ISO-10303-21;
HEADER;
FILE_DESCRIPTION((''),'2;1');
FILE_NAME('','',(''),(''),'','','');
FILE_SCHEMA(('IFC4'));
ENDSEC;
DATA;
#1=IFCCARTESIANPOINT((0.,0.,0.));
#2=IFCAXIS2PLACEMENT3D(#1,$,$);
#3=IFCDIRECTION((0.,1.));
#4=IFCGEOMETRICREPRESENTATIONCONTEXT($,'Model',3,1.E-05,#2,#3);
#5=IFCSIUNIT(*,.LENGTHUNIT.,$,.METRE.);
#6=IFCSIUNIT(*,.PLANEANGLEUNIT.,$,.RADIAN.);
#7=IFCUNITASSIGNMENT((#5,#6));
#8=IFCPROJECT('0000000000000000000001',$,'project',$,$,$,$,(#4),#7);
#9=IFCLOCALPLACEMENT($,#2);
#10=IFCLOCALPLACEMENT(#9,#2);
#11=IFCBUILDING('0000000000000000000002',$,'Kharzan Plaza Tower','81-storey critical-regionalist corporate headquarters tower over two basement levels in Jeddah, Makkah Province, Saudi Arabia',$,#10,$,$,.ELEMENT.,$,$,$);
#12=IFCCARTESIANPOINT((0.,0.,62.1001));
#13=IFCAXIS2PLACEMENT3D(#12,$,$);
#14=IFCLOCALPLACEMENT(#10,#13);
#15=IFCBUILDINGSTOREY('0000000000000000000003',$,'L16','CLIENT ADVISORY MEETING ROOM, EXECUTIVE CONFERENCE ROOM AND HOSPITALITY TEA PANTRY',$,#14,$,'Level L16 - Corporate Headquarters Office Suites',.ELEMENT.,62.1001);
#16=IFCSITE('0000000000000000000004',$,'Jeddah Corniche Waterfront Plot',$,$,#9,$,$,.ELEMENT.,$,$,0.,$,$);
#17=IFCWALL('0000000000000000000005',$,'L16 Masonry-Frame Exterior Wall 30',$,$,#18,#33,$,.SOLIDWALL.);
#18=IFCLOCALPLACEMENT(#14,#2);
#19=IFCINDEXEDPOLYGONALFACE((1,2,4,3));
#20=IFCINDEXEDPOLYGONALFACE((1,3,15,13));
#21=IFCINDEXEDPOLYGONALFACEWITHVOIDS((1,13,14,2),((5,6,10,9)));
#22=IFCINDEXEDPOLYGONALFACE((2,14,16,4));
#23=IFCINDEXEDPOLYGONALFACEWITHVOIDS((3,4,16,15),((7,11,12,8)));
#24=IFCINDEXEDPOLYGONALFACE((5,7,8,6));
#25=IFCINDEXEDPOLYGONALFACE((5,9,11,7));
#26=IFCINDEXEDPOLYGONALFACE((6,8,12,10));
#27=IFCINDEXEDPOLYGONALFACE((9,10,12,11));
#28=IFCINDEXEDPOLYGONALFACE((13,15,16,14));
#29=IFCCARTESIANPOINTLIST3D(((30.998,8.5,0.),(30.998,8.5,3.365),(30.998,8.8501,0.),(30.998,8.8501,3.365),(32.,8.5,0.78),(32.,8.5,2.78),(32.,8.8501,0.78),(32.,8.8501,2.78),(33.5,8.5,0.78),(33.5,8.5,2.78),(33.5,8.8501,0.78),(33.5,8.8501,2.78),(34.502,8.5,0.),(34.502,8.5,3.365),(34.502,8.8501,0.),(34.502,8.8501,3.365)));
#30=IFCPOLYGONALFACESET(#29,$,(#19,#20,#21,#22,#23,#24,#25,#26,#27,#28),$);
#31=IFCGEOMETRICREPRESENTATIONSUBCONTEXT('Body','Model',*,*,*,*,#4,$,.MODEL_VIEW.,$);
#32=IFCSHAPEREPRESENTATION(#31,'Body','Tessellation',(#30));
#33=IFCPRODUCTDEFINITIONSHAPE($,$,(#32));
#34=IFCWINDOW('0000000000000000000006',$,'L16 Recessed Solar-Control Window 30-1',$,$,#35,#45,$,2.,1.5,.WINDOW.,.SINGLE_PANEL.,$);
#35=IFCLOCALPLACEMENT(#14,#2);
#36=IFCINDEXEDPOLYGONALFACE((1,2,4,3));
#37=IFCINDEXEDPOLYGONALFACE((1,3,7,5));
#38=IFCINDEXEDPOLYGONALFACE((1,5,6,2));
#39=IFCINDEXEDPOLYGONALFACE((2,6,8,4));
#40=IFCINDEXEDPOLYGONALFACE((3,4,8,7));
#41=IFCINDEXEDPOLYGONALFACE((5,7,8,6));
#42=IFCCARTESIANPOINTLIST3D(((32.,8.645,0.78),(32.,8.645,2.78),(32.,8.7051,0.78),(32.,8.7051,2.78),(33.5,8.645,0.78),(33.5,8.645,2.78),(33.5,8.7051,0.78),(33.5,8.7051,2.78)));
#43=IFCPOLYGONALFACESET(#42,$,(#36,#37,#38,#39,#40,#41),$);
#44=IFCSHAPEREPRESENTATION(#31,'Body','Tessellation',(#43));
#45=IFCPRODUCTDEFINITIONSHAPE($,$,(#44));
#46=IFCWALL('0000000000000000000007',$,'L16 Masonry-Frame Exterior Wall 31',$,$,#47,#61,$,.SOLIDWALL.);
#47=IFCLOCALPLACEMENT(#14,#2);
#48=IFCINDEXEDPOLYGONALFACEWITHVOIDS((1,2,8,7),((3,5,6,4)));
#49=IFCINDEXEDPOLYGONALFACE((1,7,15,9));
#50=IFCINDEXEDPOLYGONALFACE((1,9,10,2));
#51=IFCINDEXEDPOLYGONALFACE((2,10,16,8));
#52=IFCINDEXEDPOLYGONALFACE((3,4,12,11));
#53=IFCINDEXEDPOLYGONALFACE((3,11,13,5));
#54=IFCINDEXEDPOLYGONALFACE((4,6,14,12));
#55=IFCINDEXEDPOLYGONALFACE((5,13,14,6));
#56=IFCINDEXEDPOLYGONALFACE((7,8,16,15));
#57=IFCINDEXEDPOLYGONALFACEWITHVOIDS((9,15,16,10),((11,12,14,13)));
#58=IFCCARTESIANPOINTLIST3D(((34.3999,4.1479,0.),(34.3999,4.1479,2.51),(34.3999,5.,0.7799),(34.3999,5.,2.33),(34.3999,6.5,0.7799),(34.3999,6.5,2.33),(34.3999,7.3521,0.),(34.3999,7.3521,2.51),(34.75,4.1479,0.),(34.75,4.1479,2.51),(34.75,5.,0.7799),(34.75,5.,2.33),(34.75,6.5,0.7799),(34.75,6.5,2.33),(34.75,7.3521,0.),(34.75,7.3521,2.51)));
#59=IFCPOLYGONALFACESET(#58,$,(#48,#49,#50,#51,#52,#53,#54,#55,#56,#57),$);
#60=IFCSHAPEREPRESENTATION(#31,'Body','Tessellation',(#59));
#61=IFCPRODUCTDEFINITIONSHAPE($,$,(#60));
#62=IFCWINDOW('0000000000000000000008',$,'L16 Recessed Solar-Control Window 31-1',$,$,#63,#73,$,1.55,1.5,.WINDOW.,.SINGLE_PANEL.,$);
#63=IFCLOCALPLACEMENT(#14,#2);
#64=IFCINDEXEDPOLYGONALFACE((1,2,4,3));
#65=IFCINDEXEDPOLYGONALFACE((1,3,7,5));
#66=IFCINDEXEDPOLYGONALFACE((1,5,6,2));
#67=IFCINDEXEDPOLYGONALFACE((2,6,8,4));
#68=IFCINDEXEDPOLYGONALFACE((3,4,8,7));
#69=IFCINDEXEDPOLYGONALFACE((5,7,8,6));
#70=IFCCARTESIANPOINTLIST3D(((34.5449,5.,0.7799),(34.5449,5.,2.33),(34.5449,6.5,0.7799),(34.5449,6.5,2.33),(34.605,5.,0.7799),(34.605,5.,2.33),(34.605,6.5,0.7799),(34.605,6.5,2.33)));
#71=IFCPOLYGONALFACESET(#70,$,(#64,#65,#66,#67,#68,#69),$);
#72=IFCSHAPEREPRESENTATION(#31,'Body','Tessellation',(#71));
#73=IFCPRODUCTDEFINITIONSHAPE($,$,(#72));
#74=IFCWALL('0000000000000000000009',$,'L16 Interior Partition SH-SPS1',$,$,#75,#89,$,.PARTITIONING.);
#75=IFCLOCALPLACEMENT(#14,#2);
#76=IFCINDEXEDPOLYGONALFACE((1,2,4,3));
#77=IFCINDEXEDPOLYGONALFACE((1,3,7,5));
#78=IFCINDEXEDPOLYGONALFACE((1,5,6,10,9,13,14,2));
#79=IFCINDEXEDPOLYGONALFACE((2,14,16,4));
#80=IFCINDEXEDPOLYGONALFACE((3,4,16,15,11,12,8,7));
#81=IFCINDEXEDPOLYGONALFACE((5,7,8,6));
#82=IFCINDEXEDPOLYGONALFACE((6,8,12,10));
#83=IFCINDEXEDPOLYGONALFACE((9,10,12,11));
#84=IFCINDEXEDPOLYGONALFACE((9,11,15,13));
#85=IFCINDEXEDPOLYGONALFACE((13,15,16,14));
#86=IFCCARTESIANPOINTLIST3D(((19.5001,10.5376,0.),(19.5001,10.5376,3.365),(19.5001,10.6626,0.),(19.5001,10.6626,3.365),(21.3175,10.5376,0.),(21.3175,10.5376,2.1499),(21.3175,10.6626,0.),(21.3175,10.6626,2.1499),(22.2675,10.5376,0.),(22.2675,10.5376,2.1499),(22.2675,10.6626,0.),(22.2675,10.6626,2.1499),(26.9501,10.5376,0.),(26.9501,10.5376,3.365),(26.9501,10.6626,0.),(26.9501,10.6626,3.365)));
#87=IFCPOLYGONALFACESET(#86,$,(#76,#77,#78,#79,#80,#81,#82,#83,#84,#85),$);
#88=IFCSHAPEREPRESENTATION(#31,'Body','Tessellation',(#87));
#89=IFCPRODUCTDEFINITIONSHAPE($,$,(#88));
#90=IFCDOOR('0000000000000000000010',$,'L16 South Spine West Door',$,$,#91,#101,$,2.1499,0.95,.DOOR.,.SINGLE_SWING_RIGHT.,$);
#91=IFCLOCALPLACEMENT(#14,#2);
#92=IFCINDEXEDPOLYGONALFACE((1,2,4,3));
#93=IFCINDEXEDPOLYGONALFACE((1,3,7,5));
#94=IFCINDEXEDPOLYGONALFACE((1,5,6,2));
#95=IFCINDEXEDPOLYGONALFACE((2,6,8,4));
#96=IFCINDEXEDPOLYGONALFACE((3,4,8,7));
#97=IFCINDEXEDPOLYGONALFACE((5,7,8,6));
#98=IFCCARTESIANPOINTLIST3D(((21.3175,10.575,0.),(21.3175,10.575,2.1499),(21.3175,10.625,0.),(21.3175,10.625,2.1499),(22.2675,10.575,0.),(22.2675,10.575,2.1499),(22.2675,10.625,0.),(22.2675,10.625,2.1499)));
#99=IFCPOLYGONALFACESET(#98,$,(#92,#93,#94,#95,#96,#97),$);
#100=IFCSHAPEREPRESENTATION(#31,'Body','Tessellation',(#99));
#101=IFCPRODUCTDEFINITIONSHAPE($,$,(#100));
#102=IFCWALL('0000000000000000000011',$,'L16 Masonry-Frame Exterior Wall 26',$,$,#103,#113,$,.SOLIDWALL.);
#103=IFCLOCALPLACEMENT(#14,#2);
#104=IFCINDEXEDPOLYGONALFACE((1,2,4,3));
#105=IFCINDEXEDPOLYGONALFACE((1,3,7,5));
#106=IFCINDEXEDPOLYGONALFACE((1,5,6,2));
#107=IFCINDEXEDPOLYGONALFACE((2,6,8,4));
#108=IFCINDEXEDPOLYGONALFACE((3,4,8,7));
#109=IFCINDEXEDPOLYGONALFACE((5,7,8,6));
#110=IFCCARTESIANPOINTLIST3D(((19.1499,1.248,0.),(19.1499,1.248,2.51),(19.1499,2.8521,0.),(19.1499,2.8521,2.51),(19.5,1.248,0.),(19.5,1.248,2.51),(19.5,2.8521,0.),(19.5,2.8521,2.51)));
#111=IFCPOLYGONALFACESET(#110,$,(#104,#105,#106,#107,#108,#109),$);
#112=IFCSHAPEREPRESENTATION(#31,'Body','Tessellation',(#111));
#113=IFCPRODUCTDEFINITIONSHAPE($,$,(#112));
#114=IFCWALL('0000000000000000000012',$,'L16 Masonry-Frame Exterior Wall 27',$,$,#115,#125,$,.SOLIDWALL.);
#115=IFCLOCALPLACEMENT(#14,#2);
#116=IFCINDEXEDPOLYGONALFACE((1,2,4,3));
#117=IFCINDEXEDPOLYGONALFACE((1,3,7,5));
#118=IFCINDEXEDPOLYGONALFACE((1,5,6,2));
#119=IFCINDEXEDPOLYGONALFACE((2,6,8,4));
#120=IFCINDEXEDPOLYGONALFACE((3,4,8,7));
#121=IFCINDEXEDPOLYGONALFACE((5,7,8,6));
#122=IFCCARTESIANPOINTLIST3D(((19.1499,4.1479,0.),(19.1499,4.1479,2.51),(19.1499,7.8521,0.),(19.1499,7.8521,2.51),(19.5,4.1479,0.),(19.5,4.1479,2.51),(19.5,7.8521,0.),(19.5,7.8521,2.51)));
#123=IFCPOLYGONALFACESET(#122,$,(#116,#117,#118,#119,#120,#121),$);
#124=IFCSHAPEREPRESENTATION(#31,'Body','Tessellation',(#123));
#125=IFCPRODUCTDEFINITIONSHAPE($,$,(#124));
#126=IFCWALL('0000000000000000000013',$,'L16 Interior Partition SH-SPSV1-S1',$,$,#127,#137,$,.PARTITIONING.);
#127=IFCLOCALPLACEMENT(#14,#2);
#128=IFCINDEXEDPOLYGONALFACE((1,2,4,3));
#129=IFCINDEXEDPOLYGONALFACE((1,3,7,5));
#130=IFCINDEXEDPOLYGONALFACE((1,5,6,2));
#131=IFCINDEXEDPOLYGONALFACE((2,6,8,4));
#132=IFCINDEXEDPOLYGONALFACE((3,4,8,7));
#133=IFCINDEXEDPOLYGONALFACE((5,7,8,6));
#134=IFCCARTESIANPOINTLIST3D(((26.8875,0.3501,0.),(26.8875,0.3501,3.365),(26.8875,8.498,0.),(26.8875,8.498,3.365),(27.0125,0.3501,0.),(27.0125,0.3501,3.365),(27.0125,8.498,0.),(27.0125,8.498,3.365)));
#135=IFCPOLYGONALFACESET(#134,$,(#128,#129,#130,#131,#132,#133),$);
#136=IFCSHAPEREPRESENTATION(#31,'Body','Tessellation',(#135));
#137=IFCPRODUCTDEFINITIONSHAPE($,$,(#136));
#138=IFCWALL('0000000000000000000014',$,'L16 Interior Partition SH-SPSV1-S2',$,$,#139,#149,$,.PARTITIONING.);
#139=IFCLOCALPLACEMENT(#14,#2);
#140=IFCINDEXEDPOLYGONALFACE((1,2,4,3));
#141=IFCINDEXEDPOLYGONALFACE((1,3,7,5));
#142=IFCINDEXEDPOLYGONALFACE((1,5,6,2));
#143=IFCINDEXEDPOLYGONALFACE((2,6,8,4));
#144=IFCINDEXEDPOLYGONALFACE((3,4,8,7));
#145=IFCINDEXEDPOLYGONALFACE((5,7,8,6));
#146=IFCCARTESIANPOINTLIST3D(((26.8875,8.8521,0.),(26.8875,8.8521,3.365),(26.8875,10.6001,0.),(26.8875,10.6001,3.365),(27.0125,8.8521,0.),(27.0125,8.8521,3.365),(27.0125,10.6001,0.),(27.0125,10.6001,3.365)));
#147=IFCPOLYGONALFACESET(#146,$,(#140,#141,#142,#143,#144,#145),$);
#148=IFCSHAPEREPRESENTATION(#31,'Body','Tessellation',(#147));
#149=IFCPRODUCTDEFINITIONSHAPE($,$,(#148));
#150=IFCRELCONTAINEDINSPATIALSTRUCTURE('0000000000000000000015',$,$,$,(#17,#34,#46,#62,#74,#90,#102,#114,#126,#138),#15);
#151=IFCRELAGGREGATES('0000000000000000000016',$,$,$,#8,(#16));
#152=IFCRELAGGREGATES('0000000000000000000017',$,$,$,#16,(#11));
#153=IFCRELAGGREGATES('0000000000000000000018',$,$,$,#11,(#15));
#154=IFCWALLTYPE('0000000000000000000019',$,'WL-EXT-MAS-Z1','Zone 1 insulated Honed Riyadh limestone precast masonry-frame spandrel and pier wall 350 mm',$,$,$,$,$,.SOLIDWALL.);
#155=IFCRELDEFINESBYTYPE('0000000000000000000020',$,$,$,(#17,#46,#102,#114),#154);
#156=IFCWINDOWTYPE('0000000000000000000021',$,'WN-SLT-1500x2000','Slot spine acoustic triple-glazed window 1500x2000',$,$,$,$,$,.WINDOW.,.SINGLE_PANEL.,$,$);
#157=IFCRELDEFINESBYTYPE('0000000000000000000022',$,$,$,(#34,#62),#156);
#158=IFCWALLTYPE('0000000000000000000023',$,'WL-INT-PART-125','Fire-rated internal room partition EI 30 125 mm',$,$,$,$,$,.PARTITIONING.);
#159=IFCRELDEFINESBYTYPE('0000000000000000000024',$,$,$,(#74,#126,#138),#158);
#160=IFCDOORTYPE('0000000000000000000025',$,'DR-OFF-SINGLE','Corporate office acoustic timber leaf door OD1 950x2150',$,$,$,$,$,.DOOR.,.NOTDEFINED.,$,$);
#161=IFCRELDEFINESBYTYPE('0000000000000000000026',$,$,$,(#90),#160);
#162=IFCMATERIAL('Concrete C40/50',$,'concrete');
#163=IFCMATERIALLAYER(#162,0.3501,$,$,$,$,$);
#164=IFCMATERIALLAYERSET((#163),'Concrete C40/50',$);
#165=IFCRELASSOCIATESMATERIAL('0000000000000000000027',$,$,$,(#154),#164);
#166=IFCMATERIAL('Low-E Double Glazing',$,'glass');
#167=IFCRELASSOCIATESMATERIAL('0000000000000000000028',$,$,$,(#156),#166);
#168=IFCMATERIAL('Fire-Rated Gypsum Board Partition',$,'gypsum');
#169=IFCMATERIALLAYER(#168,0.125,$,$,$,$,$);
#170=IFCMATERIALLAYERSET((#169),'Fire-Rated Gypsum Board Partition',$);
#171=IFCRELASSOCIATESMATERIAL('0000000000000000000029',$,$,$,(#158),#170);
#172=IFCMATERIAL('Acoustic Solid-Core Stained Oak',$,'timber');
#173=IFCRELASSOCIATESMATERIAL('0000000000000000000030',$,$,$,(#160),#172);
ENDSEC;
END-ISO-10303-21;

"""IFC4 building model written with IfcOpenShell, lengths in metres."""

from ifc_helpers import new_model, si_unit, direction, frame, frame_2d, origin, place, context, subcontext, project, spatial, rectangle, extrude, source, transform, mapped, material, layer, layer_set, type_object, element, fill, save


model = new_model("IFC4")

# Units and contexts
model_context = context("Model", 3, precision=1e-05, world=origin(), true_north=direction((0.0, 1.0)))
body_context = subcontext(model_context, "Body", "Model", "MODEL_VIEW")
ifc_project = project(units=[si_unit("LENGTHUNIT", "METRE"), si_unit("PLANEANGLEUNIT", "RADIAN")], contexts=[model_context])

# Site, building, storey
site_placement = place(None, origin())
site = spatial("IfcSite", under=ifc_project, at=site_placement, Name="Jeddah Corniche Waterfront Plot", CompositionType="ELEMENT", RefElevation=0.0)
building_placement = place(site_placement, origin())
building = spatial("IfcBuilding", under=site, at=building_placement, Name="Kharzan Plaza Tower", Description="81-storey critical-regionalist corporate headquarters tower over two basement levels in Jeddah, Makkah Province, Saudi Arabia", CompositionType="ELEMENT")
storey_placement = place(building_placement, frame((0.0, 0.0, 62.1001)))
storey = spatial("IfcBuildingStorey", under=building, at=storey_placement, Name="L16", Description="CLIENT ADVISORY MEETING ROOM, EXECUTIVE CONFERENCE ROOM AND HOSPITALITY TEA PANTRY", LongName="Level L16 - Corporate Headquarters Office Suites", CompositionType="ELEMENT", Elevation=62.1001)

# Shared definitions
ifc_material_1 = material(Name="Concrete C40/50", Category="concrete")
ifc_layer_1 = layer(ifc_material_1, 0.3501)
ifc_layer_set_1 = layer_set([ifc_layer_1], Name="Concrete C40/50")
wall_type_1 = type_object("IfcWallType", Name="WL-EXT-MAS-Z1", Description="Zone 1 insulated Honed Riyadh limestone precast masonry-frame spandrel and pier wall 350 mm", PredefinedType="SOLIDWALL", material=ifc_layer_set_1)
ifc_material_2 = material(Name="Low-E Double Glazing", Category="glass")
window_type = type_object("IfcWindowType", Name="WN-SLT-1500x2000", Description="Slot spine acoustic triple-glazed window 1500x2000", PartitioningType="SINGLE_PANEL", PredefinedType="WINDOW", material=ifc_material_2)
shared_shape_1 = source(origin(), body_context, "Body", "SweptSolid", [
    extrude(rectangle(XDim=1.5, YDim=2.0, at=frame_2d((0.75, 1.0))), frame((0.0, 0.03, 0.0), z_axis=(0.0, -1.0, 0.0), x_axis=(1.0, 0.0, 0.0)), (0.0, 0.0, 1.0), 0.0601),
])

# Walls, openings, windows
wall_1_placement = place(storey_placement, frame((30.998, 8.675, 0.0), z_axis=(0.0, 0.0, 1.0), x_axis=(1.0, 0.0, 0.0)))
wall_1 = element("IfcWall", 1, at=wall_1_placement, inside=storey, type_object=wall_type_1, Name="L16 Masonry-Frame Exterior Wall 30", PredefinedType="SOLIDWALL", context=body_context, shape_type="SweptSolid", body=[
    extrude(rectangle(XDim=3.5039, YDim=0.3501, at=frame_2d((1.752, 0.0))), origin(), (0.0, 0.0, 1.0), 3.365),
])
opening_1_placement = place(wall_1_placement, frame((1.002, 0.0, 0.78)))
opening_1 = element("IfcOpeningElement", 2, at=opening_1_placement, cuts=wall_1, PredefinedType="OPENING", context=body_context, shape_type="SweptSolid", body=[
    extrude(rectangle(XDim=1.5, YDim=2.0, at=frame_2d((0.75, 1.0))), frame((0.0, 0.1851, 0.0), z_axis=(0.0, -1.0, 0.0), x_axis=(1.0, 0.0, 0.0)), (0.0, 0.0, 1.0), 0.3701),
])
window_1_placement = place(opening_1_placement, origin())
window_1 = element("IfcWindow", 3, at=window_1_placement, inside=storey, type_object=window_type, Name="L16 Recessed Solar-Control Window 30-1", OverallHeight=2.0, OverallWidth=1.5, PartitioningType="SINGLE_PANEL", PredefinedType="WINDOW", context=body_context, shape_type="MappedRepresentation", body=[
    mapped(shared_shape_1, transform((0.0, 0.0, 0.0), x_axis=(1.0, 0.0, 0.0), y_axis=(0.0, 1.0, 0.0), z_axis=(0.0, 0.0, 1.0))),
])
fill(opening_1, window_1)
wall_2_placement = place(storey_placement, frame((34.575, 7.3521, 0.0), z_axis=(0.0, 0.0, 1.0), x_axis=(0.0, -1.0, 0.0)))
wall_2 = element("IfcWall", 4, at=wall_2_placement, inside=storey, type_object=wall_type_1, Name="L16 Masonry-Frame Exterior Wall 31", PredefinedType="SOLIDWALL", context=body_context, shape_type="SweptSolid", body=[
    extrude(rectangle(XDim=3.2041, YDim=0.3501, at=frame_2d((1.6021, 0.0))), origin(), (0.0, 0.0, 1.0), 2.51),
])
opening_2_placement = place(wall_2_placement, frame((0.8521, 0.0, 0.78)))
opening_2 = element("IfcOpeningElement", 5, at=opening_2_placement, cuts=wall_2, PredefinedType="OPENING", context=body_context, shape_type="SweptSolid", body=[
    extrude(rectangle(XDim=1.5, YDim=1.55, at=frame_2d((0.75, 0.7749))), frame((0.0, 0.1851, 0.0), z_axis=(0.0, -1.0, 0.0), x_axis=(1.0, 0.0, 0.0)), (0.0, 0.0, 1.0), 0.3701),
])
shared_shape_2 = source(origin(), body_context, "Body", "SweptSolid", [
    extrude(rectangle(XDim=1.5, YDim=1.55, at=frame_2d((0.75, 0.7749))), frame((0.0, 0.03, 0.0), z_axis=(0.0, -1.0, 0.0), x_axis=(1.0, 0.0, 0.0)), (0.0, 0.0, 1.0), 0.0601),
])
window_2_placement = place(opening_2_placement, origin())
window_2 = element("IfcWindow", 6, at=window_2_placement, inside=storey, type_object=window_type, Name="L16 Recessed Solar-Control Window 31-1", OverallHeight=1.55, OverallWidth=1.5, PartitioningType="SINGLE_PANEL", PredefinedType="WINDOW", context=body_context, shape_type="MappedRepresentation", body=[
    mapped(shared_shape_2, transform((0.0, 0.0, 0.0), x_axis=(1.0, 0.0, 0.0), y_axis=(0.0, 1.0, 0.0), z_axis=(0.0, 0.0, 1.0))),
])
fill(opening_2, window_2)

# Wall, opening, door
ifc_material_3 = material(Name="Fire-Rated Gypsum Board Partition", Category="gypsum")
ifc_layer_2 = layer(ifc_material_3, 0.125)
ifc_layer_set_2 = layer_set([ifc_layer_2], Name="Fire-Rated Gypsum Board Partition")
wall_type_2 = type_object("IfcWallType", Name="WL-INT-PART-125", Description="Fire-rated internal room partition EI 30 125 mm", PredefinedType="PARTITIONING", material=ifc_layer_set_2)
wall_3_placement = place(storey_placement, frame((19.5, 10.6001, 0.0), z_axis=(0.0, 0.0, 1.0), x_axis=(1.0, 0.0, 0.0)))
wall_3 = element("IfcWall", 7, at=wall_3_placement, inside=storey, type_object=wall_type_2, Name="L16 Interior Partition SH-SPS1", PredefinedType="PARTITIONING", context=body_context, shape_type="SweptSolid", body=[
    extrude(rectangle(XDim=7.45, YDim=0.125, at=frame_2d((3.7251, 0.0))), origin(), (0.0, 0.0, 1.0), 3.365),
])
opening_3_placement = place(wall_3_placement, frame((1.8174, 0.0, 0.0)))
opening_3 = element("IfcOpeningElement", 8, at=opening_3_placement, cuts=wall_3, PredefinedType="OPENING", context=body_context, shape_type="SweptSolid", body=[
    extrude(rectangle(XDim=0.95, YDim=2.1499, at=frame_2d((0.4751, 1.075))), frame((0.0, 0.0725, 0.0), z_axis=(0.0, -1.0, 0.0), x_axis=(1.0, 0.0, 0.0)), (0.0, 0.0, 1.0), 0.145),
])
ifc_material_4 = material(Name="Acoustic Solid-Core Stained Oak", Category="timber")
door_type_1 = type_object("IfcDoorType", Name="DR-OFF-SINGLE", Description="Corporate office acoustic timber leaf door OD1 950x2150", OperationType="NOTDEFINED", PredefinedType="DOOR", material=ifc_material_4)
shared_shape_3 = source(origin(), body_context, "Body", "SweptSolid", [
    extrude(rectangle(XDim=0.95, YDim=2.1499, at=frame_2d((0.4751, 1.075))), frame((0.0, 0.0249, 0.0), z_axis=(0.0, -1.0, 0.0), x_axis=(1.0, 0.0, 0.0)), (0.0, 0.0, 1.0), 0.05),
])
door_1_placement = place(opening_3_placement, origin())
door_1 = element("IfcDoor", 9, at=door_1_placement, inside=storey, type_object=door_type_1, Name="L16 South Spine West Door", OperationType="SINGLE_SWING_RIGHT", OverallHeight=2.1499, OverallWidth=0.95, PredefinedType="DOOR", context=body_context, shape_type="MappedRepresentation", body=[
    mapped(shared_shape_3, transform((0.0, 0.0, 0.0), x_axis=(1.0, 0.0, 0.0), y_axis=(0.0, 1.0, 0.0), z_axis=(0.0, 0.0, 1.0))),
])
fill(opening_3, door_1)

# Walls
shared_shape_4 = source(origin(), body_context, "Body", "SweptSolid", [
    extrude(rectangle(XDim=1.604, YDim=0.3501, at=frame_2d((0.802, 0.0))), origin(), (0.0, 0.0, 1.0), 2.51),
])
wall_4_placement = place(storey_placement, frame((19.325, 1.248, 0.0), z_axis=(0.0, 0.0, 1.0), x_axis=(0.0, 1.0, 0.0)))
element("IfcWall", 10, at=wall_4_placement, inside=storey, type_object=wall_type_1, Name="L16 Masonry-Frame Exterior Wall 26", PredefinedType="SOLIDWALL", context=body_context, shape_type="MappedRepresentation", body=[
    mapped(shared_shape_4, transform((0.0, 0.0, 0.0), x_axis=(1.0, 0.0, 0.0), y_axis=(0.0, 1.0, 0.0), z_axis=(0.0, 0.0, 1.0))),
])
shared_shape_5 = source(origin(), body_context, "Body", "SweptSolid", [
    extrude(rectangle(XDim=3.7041, YDim=0.3501, at=frame_2d((1.8521, 0.0))), origin(), (0.0, 0.0, 1.0), 2.51),
])
wall_5_placement = place(storey_placement, frame((19.325, 4.1479, 0.0), z_axis=(0.0, 0.0, 1.0), x_axis=(0.0, 1.0, 0.0)))
element("IfcWall", 11, at=wall_5_placement, inside=storey, type_object=wall_type_1, Name="L16 Masonry-Frame Exterior Wall 27", PredefinedType="SOLIDWALL", context=body_context, shape_type="MappedRepresentation", body=[
    mapped(shared_shape_5, transform((0.0, 0.0, 0.0), x_axis=(1.0, 0.0, 0.0), y_axis=(0.0, 1.0, 0.0), z_axis=(0.0, 0.0, 1.0))),
])
shared_shape_6 = source(origin(), body_context, "Body", "SweptSolid", [
    extrude(rectangle(XDim=8.1479, YDim=0.125, at=frame_2d((4.074, 0.0))), origin(), (0.0, 0.0, 1.0), 3.365),
])
wall_6_placement = place(storey_placement, frame((26.95, 0.3501, 0.0), z_axis=(0.0, 0.0, 1.0), x_axis=(0.0, 1.0, 0.0)))
element("IfcWall", 12, at=wall_6_placement, inside=storey, type_object=wall_type_2, Name="L16 Interior Partition SH-SPSV1-S1", PredefinedType="PARTITIONING", context=body_context, shape_type="MappedRepresentation", body=[
    mapped(shared_shape_6, transform((0.0, 0.0, 0.0), x_axis=(1.0, 0.0, 0.0), y_axis=(0.0, 1.0, 0.0), z_axis=(0.0, 0.0, 1.0))),
])
shared_shape_7 = source(origin(), body_context, "Body", "SweptSolid", [
    extrude(rectangle(XDim=1.748, YDim=0.125, at=frame_2d((0.874, 0.0))), origin(), (0.0, 0.0, 1.0), 3.365),
])
wall_7_placement = place(storey_placement, frame((26.95, 8.8521, 0.0), z_axis=(0.0, 0.0, 1.0), x_axis=(0.0, 1.0, 0.0)))
element("IfcWall", 13, at=wall_7_placement, inside=storey, type_object=wall_type_2, Name="L16 Interior Partition SH-SPSV1-S2", PredefinedType="PARTITIONING", context=body_context, shape_type="MappedRepresentation", body=[
    mapped(shared_shape_7, transform((0.0, 0.0, 0.0), x_axis=(1.0, 0.0, 0.0), y_axis=(0.0, 1.0, 0.0), z_axis=(0.0, 0.0, 1.0))),
])

save(model, "model.ifc")
